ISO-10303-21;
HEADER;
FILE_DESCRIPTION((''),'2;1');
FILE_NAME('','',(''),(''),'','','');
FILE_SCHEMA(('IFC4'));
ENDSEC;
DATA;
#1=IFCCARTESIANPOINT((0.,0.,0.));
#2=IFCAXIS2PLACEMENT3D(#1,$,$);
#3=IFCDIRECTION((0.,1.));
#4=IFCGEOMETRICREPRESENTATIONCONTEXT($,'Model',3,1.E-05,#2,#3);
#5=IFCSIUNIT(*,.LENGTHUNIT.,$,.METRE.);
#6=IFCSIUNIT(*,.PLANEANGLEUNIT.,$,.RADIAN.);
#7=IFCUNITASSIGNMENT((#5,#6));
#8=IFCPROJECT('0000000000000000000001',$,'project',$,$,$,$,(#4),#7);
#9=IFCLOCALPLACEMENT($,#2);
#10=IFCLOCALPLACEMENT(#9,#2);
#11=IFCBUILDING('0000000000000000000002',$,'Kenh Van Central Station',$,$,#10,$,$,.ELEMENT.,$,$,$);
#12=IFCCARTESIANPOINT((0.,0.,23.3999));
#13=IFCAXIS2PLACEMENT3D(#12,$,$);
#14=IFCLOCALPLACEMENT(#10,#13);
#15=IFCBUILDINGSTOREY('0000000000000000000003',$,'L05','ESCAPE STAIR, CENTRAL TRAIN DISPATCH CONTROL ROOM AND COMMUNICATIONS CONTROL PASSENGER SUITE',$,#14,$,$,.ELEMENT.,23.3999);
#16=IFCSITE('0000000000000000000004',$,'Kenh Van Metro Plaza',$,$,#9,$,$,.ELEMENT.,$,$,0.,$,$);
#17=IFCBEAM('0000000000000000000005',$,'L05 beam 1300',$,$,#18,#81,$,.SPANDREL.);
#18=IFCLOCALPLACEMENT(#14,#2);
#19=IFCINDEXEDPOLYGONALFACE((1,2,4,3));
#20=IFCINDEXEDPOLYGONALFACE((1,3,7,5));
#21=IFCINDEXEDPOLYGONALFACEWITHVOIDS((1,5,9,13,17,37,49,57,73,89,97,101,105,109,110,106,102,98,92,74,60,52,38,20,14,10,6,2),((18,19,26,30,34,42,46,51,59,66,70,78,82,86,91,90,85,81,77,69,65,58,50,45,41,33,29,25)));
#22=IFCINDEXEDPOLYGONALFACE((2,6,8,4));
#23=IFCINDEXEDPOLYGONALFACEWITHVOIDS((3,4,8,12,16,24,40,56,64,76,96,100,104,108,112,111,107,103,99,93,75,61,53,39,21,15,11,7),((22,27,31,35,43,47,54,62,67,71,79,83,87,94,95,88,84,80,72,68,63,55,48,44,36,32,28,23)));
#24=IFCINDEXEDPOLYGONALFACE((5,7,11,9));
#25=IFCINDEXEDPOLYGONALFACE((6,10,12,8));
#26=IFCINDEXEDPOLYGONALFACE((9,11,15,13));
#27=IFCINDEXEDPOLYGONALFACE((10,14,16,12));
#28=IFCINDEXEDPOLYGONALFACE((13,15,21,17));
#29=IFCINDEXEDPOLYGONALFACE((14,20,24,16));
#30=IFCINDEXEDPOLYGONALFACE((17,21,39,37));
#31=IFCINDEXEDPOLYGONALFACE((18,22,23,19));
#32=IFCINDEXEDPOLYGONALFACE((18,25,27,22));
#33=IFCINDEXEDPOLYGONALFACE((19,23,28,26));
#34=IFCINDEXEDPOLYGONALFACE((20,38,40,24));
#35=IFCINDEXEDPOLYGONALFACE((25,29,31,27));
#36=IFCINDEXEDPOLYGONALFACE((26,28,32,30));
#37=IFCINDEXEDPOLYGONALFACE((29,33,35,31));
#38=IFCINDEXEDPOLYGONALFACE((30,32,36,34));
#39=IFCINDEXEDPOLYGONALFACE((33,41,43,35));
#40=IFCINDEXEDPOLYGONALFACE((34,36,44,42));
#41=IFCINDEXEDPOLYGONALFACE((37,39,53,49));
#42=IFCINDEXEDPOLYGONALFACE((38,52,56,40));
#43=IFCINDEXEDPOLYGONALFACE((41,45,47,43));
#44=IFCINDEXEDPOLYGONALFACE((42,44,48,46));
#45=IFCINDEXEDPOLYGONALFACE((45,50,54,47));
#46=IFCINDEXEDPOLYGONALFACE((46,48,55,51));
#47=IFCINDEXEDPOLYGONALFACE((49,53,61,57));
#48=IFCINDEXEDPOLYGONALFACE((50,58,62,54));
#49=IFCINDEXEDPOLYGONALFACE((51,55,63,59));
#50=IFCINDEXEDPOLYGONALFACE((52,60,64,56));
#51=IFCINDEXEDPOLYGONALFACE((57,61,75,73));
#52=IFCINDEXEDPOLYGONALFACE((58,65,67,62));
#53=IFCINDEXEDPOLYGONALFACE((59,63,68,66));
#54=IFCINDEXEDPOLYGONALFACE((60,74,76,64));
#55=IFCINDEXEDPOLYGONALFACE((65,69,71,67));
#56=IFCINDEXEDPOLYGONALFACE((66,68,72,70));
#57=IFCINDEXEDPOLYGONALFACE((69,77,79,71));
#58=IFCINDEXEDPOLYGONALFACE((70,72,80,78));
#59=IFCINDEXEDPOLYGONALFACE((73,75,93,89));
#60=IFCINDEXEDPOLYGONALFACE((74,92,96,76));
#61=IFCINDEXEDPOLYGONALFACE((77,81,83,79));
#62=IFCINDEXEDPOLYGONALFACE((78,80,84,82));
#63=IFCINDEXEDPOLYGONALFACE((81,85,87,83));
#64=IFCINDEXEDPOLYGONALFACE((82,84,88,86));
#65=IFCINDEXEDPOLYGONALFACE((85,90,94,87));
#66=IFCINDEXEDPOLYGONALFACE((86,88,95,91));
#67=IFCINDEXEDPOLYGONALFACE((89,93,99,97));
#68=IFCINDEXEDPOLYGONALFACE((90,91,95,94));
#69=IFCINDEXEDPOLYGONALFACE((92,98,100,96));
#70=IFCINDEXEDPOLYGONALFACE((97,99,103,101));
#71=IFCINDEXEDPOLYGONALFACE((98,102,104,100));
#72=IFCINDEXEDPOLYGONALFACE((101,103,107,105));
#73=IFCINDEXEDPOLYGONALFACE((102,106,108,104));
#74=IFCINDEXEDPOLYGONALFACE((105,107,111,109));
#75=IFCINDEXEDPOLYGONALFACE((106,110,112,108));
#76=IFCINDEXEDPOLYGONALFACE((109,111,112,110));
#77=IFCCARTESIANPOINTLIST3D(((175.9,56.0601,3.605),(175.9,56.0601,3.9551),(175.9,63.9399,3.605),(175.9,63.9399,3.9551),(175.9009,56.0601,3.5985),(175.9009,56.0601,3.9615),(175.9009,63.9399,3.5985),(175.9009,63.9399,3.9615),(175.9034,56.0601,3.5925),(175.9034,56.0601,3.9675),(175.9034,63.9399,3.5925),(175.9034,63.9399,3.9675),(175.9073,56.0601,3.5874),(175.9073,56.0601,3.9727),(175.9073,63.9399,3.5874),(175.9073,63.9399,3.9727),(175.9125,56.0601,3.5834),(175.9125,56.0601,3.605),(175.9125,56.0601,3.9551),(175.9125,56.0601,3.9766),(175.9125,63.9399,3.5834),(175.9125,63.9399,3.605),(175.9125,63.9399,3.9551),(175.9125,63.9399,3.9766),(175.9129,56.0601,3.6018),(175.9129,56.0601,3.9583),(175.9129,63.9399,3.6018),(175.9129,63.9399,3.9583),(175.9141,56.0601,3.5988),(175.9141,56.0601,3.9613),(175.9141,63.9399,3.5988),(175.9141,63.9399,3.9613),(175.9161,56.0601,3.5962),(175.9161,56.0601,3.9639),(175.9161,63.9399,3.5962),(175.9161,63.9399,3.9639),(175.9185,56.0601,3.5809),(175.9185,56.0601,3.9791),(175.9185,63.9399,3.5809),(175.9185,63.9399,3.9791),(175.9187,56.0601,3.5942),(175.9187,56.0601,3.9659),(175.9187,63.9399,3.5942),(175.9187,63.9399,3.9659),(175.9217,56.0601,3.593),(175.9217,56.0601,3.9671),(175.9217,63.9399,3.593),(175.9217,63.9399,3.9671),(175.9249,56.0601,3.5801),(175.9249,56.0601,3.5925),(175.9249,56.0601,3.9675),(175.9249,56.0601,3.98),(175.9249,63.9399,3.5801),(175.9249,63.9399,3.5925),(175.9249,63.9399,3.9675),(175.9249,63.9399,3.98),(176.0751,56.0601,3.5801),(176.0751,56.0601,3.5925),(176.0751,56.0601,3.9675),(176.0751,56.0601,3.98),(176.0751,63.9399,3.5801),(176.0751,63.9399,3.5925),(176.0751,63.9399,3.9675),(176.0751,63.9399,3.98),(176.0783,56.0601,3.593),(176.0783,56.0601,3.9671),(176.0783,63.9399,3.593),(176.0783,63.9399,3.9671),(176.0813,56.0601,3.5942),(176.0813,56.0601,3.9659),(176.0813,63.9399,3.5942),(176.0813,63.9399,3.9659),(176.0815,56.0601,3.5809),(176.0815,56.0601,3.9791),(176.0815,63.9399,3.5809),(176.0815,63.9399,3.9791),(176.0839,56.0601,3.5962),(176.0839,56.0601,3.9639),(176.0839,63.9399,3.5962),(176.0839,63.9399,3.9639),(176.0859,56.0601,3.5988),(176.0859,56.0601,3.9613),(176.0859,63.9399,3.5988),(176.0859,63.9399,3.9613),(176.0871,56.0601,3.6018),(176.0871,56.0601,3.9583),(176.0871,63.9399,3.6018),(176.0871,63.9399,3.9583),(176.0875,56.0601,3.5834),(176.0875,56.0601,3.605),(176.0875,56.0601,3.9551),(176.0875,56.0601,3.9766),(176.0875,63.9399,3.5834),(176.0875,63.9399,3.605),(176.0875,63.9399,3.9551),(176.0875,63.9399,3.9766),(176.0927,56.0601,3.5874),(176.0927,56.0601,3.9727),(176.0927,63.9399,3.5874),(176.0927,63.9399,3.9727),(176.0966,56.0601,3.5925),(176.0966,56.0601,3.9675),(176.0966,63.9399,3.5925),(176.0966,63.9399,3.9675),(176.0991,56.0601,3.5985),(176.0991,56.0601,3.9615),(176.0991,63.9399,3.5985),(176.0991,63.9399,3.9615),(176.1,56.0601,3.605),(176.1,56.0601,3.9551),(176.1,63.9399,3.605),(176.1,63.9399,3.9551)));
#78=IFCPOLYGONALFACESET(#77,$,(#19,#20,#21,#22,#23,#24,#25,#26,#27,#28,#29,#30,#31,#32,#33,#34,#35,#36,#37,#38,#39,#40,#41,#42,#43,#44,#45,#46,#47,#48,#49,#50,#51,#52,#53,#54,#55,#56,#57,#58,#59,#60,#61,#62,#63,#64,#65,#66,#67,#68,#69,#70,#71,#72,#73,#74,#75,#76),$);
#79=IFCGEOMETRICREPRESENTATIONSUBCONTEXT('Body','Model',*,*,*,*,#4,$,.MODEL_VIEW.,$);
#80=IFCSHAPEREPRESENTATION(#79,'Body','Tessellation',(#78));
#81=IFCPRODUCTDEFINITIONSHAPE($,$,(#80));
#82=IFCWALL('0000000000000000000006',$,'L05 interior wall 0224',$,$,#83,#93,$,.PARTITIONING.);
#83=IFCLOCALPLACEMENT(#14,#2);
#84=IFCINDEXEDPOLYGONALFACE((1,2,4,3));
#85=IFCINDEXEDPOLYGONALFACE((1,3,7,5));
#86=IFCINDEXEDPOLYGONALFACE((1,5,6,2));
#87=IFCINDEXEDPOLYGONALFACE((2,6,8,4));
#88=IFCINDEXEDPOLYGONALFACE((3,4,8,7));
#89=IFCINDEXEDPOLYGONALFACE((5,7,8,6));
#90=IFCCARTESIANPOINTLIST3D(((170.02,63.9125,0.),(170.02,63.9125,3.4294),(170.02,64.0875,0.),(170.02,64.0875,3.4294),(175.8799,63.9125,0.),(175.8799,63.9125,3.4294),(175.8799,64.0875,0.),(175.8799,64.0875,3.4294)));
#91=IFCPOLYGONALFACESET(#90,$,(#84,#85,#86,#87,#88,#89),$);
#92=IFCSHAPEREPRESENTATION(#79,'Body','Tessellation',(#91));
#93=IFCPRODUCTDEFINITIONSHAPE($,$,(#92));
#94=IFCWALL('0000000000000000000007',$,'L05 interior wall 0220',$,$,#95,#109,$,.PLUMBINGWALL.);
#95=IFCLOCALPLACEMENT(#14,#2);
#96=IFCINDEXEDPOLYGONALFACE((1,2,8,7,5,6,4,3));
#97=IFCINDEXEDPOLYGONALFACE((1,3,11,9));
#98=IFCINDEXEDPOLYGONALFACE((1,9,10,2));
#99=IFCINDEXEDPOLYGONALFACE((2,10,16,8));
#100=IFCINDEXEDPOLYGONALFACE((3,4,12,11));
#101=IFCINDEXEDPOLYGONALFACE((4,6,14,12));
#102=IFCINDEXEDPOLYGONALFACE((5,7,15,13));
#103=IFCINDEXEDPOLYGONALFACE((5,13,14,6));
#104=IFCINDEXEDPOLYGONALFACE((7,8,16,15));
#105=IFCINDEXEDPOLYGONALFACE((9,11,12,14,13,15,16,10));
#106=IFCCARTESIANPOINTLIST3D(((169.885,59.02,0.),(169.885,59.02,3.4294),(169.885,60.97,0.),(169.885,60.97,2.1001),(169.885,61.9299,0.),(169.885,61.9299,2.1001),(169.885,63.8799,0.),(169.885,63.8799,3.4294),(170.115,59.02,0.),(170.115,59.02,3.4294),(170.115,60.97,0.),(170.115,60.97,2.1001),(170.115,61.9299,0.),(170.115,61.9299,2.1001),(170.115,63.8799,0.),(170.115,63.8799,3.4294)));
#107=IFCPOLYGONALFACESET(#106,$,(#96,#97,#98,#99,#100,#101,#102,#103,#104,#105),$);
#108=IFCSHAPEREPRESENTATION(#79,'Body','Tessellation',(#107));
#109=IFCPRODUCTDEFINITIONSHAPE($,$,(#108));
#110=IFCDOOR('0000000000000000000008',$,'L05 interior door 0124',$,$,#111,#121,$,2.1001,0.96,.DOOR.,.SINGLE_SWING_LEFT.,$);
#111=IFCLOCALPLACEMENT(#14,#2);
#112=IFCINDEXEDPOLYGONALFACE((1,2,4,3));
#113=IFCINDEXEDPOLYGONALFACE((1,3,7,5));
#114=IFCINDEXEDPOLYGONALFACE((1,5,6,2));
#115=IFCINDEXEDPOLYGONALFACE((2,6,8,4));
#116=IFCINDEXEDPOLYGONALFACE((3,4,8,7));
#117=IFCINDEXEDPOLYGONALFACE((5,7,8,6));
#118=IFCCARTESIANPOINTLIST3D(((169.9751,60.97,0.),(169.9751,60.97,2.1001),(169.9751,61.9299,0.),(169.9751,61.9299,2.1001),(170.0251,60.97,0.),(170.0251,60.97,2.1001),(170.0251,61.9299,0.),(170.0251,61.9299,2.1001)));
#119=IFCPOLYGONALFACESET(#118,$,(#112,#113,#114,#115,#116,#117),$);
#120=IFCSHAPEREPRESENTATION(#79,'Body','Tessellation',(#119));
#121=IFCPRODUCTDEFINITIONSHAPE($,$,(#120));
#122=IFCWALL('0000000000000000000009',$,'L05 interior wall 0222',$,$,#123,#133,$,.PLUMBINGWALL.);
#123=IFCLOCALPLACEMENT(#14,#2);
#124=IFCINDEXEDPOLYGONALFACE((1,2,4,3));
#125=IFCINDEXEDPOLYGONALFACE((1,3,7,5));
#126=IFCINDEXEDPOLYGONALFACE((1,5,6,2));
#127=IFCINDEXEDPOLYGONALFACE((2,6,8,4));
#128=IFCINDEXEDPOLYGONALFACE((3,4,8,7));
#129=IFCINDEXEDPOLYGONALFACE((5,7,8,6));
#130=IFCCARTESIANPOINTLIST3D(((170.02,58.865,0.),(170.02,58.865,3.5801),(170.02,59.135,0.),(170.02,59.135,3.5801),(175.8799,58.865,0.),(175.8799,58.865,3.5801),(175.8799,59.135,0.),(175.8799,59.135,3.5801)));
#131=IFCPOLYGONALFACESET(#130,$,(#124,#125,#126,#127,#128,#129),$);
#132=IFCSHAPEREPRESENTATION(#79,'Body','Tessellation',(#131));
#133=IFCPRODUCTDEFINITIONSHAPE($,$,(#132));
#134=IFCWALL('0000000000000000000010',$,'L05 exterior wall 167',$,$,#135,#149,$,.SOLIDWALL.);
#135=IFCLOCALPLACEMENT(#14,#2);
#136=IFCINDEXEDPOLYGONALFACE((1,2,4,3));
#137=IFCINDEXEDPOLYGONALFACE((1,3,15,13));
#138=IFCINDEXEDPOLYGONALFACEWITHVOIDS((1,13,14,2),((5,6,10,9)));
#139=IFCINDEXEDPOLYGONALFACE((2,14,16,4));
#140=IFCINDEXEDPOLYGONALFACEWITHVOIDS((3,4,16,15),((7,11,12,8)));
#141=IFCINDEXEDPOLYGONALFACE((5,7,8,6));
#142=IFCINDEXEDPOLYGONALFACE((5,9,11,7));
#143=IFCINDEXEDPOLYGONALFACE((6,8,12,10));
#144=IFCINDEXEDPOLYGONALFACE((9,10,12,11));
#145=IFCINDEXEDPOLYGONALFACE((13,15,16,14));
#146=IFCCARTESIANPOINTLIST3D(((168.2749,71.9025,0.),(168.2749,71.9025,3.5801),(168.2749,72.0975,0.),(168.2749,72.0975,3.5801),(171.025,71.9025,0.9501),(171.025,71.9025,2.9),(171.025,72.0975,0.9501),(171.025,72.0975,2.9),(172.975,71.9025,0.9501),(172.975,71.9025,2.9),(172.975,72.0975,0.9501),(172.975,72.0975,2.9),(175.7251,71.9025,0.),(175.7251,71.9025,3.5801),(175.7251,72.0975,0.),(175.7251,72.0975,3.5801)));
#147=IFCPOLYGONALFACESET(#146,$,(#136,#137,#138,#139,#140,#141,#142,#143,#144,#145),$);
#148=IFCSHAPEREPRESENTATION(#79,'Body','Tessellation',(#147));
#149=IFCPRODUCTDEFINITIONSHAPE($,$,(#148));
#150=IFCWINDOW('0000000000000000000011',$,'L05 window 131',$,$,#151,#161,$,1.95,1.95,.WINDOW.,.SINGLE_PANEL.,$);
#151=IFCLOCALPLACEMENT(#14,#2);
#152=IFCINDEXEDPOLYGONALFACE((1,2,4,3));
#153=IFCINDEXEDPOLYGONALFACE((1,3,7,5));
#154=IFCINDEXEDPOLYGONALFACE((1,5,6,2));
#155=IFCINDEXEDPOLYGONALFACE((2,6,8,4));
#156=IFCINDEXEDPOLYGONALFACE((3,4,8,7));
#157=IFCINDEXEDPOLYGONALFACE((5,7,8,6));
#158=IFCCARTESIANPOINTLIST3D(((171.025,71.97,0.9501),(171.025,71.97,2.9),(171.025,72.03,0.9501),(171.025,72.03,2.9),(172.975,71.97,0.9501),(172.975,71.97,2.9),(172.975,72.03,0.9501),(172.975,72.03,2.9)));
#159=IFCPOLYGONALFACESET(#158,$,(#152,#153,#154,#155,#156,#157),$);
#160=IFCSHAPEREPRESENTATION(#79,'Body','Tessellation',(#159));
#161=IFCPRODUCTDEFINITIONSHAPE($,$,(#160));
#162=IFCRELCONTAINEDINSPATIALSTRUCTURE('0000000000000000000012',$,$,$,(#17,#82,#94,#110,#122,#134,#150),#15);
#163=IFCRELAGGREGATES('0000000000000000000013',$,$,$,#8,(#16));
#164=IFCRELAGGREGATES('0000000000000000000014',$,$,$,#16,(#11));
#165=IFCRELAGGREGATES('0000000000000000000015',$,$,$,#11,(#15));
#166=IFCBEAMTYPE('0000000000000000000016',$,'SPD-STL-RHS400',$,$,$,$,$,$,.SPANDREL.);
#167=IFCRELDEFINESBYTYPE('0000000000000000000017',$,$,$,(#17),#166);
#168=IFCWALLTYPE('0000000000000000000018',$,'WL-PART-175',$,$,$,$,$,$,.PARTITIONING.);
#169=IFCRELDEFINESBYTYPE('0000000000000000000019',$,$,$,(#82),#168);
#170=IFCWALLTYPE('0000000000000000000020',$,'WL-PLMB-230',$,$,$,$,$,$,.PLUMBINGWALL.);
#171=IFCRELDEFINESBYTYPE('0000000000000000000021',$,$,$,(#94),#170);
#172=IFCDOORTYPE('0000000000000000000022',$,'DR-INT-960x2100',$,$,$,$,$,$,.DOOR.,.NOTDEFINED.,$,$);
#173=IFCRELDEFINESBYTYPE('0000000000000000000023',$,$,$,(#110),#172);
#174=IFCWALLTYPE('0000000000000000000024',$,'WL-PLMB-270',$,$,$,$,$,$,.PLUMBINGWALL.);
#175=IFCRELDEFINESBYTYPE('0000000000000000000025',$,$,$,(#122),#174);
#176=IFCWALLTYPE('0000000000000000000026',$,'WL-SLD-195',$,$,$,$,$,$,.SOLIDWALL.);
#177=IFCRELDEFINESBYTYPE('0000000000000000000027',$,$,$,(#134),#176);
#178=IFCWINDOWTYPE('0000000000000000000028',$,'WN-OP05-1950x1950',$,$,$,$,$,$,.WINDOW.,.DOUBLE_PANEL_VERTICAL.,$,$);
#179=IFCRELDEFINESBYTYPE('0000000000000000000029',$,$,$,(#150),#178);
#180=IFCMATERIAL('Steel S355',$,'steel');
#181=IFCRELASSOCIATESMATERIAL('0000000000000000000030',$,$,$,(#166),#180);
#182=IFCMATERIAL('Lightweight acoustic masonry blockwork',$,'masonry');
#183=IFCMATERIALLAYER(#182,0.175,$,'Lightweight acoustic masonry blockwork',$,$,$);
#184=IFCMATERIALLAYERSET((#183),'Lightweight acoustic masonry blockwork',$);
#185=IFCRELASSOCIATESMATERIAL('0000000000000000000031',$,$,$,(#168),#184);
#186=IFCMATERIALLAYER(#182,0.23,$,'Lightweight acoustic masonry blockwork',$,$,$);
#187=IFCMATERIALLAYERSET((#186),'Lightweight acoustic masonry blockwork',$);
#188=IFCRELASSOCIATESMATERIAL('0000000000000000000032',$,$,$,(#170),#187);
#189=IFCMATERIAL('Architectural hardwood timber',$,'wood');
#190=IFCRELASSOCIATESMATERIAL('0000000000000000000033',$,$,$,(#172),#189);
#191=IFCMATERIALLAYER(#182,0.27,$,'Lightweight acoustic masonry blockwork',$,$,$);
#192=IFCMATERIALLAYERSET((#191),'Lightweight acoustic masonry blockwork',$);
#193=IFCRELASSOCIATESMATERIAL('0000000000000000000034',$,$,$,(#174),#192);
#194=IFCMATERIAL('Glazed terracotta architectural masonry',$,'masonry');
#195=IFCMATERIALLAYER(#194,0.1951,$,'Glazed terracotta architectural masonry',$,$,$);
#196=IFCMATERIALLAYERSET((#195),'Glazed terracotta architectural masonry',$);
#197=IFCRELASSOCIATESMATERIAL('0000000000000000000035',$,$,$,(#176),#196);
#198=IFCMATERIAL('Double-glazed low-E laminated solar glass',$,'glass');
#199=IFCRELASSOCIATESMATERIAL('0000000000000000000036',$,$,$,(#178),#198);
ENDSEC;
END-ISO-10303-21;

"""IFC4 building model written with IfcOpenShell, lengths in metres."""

from ifc_helpers import new_model, si_unit, direction, frame, frame_2d, origin, origin_2d, place, context, subcontext, project, spatial, rectangle, hollow_rectangle, extrude, material, layer, layer_set, material_profile, profile_set, type_object, element, fill, save


model = new_model("IFC4")

# Units and contexts
model_context = context("Model", 3, precision=1e-05, world=origin(), true_north=direction((0.0, 1.0)))
body_context = subcontext(model_context, "Body", "Model", "MODEL_VIEW")
ifc_project = project(units=[si_unit("LENGTHUNIT", "METRE"), si_unit("PLANEANGLEUNIT", "RADIAN")], contexts=[model_context])

# Site, building, storey
site_placement = place(None, origin())
site = spatial("IfcSite", under=ifc_project, at=site_placement, Name="Kenh Van Metro Plaza", CompositionType="ELEMENT", RefElevation=0.0)
building_placement = place(site_placement, origin())
building = spatial("IfcBuilding", under=site, at=building_placement, Name="Kenh Van Central Station", CompositionType="ELEMENT")
storey_placement = place(building_placement, frame((0.0, 0.0, 23.3999)))
storey = spatial("IfcBuildingStorey", under=building, at=storey_placement, Name="L05", Description="ESCAPE STAIR, CENTRAL TRAIN DISPATCH CONTROL ROOM AND COMMUNICATIONS CONTROL PASSENGER SUITE", CompositionType="ELEMENT", Elevation=23.3999)

# Beam
ifc_material_1 = material(Name="Steel S355", Category="steel")
ifc_material_profile_1 = material_profile(ifc_material_1, hollow_rectangle(XDim=0.2, YDim=0.3999, WallThickness=0.0125, InnerFilletRadius=0.0125, OuterFilletRadius=0.0249, at=origin_2d()), Name="RHS 400x200x12.5")
ifc_profile_set_1 = profile_set([ifc_material_profile_1], Name="Steel S355")
beam_type = type_object("IfcBeamType", Name="SPD-STL-RHS400", PredefinedType="SPANDREL", material=ifc_profile_set_1)
for number, where, z_axis, x_axis, name in (
    (1, (176.0, 56.0601, 3.78), (0.0, 1.0, 0.0), (-1.0, 0.0, 0.0), "L05 beam 1300"),
):
    element("IfcBeam", number, at=place(storey_placement, frame(where, z_axis=z_axis, x_axis=x_axis)), inside=storey, type_object=beam_type, Name=name, PredefinedType="SPANDREL", context=body_context, shape_type="SweptSolid", body=[
        extrude(hollow_rectangle(XDim=0.2, YDim=0.3999, WallThickness=0.0125, InnerFilletRadius=0.0125, OuterFilletRadius=0.0249, at=origin_2d()), origin(), (0.0, 0.0, 1.0), 7.8799),
    ])

# Wall
ifc_material_2 = material(Name="Lightweight acoustic masonry blockwork", Category="masonry")
ifc_layer_1 = layer(ifc_material_2, 0.175, Name="Lightweight acoustic masonry blockwork")
ifc_layer_set_1 = layer_set([ifc_layer_1], Name="Lightweight acoustic masonry blockwork")
wall_type_1 = type_object("IfcWallType", Name="WL-PART-175", PredefinedType="PARTITIONING", material=ifc_layer_set_1)
wall_1_placement = place(storey_placement, frame((170.02, 64.0, 0.0), z_axis=(0.0, 0.0, 1.0), x_axis=(1.0, 0.0, 0.0)))
element("IfcWall", 2, at=wall_1_placement, inside=storey, type_object=wall_type_1, Name="L05 interior wall 0224", PredefinedType="PARTITIONING", context=body_context, shape_type="SweptSolid", body=[
    extrude(rectangle(XDim=5.8599, YDim=0.175, at=frame_2d((2.9299, 0.0))), origin(), (0.0, 0.0, 1.0), 3.4294),
])

# Wall, opening, door
ifc_layer_2 = layer(ifc_material_2, 0.23, Name="Lightweight acoustic masonry blockwork")
ifc_layer_set_2 = layer_set([ifc_layer_2], Name="Lightweight acoustic masonry blockwork")
wall_type_2 = type_object("IfcWallType", Name="WL-PLMB-230", PredefinedType="PLUMBINGWALL", material=ifc_layer_set_2)
wall_2_placement = place(storey_placement, frame((170.0, 59.02, 0.0), z_axis=(0.0, 0.0, 1.0), x_axis=(0.0, 1.0, 0.0)))
wall_2 = element("IfcWall", 3, at=wall_2_placement, inside=storey, type_object=wall_type_2, Name="L05 interior wall 0220", PredefinedType="PLUMBINGWALL", context=body_context, shape_type="SweptSolid", body=[
    extrude(rectangle(XDim=4.8599, YDim=0.23, at=frame_2d((2.4299, 0.0))), origin(), (0.0, 0.0, 1.0), 3.4294),
])
opening_1_placement = place(wall_2_placement, frame((1.95, 0.0, 0.0)))
opening_1 = element("IfcOpeningElement", 4, at=opening_1_placement, cuts=wall_2, PredefinedType="OPENING", context=body_context, shape_type="SweptSolid", body=[
    extrude(rectangle(XDim=0.96, YDim=2.1001, at=frame_2d((0.48, 1.05))), frame((0.0, 0.125, 0.0), z_axis=(0.0, -1.0, 0.0), x_axis=(1.0, 0.0, 0.0)), (0.0, 0.0, 1.0), 0.25),
])
ifc_material_3 = material(Name="Architectural hardwood timber", Category="wood")
door_type = type_object("IfcDoorType", Name="DR-INT-960x2100", OperationType="NOTDEFINED", PredefinedType="DOOR", material=ifc_material_3)
door_placement = place(opening_1_placement, origin())
door = element("IfcDoor", 5, at=door_placement, inside=storey, type_object=door_type, Name="L05 interior door 0124", OperationType="SINGLE_SWING_LEFT", OverallHeight=2.1001, OverallWidth=0.96, PredefinedType="DOOR", context=body_context, shape_type="SweptSolid", body=[
    extrude(rectangle(XDim=0.96, YDim=2.1001, at=frame_2d((0.48, 1.05))), frame((0.0, 0.0249, 0.0), z_axis=(0.0, -1.0, 0.0), x_axis=(1.0, 0.0, 0.0)), (0.0, 0.0, 1.0), 0.05),
])
fill(opening_1, door)

# Wall
ifc_layer_3 = layer(ifc_material_2, 0.27, Name="Lightweight acoustic masonry blockwork")
ifc_layer_set_3 = layer_set([ifc_layer_3], Name="Lightweight acoustic masonry blockwork")
wall_type_3 = type_object("IfcWallType", Name="WL-PLMB-270", PredefinedType="PLUMBINGWALL", material=ifc_layer_set_3)
wall_3_placement = place(storey_placement, frame((170.02, 59.0, 0.0), z_axis=(0.0, 0.0, 1.0), x_axis=(1.0, 0.0, 0.0)))
element("IfcWall", 6, at=wall_3_placement, inside=storey, type_object=wall_type_3, Name="L05 interior wall 0222", PredefinedType="PLUMBINGWALL", context=body_context, shape_type="SweptSolid", body=[
    extrude(rectangle(XDim=5.8599, YDim=0.27, at=frame_2d((2.9299, 0.0))), origin(), (0.0, 0.0, 1.0), 3.5801),
])

# Wall, opening, window
ifc_material_4 = material(Name="Glazed terracotta architectural masonry", Category="masonry")
ifc_layer_4 = layer(ifc_material_4, 0.1951, Name="Glazed terracotta architectural masonry")
ifc_layer_set_4 = layer_set([ifc_layer_4], Name="Glazed terracotta architectural masonry")
wall_type_4 = type_object("IfcWallType", Name="WL-SLD-195", PredefinedType="SOLIDWALL", material=ifc_layer_set_4)
wall_4_placement = place(storey_placement, frame((175.7251, 72.0, 0.0), z_axis=(0.0, 0.0, 1.0), x_axis=(-1.0, 0.0, 0.0)))
wall_4 = element("IfcWall", 7, at=wall_4_placement, inside=storey, type_object=wall_type_4, Name="L05 exterior wall 167", PredefinedType="SOLIDWALL", context=body_context, shape_type="SweptSolid", body=[
    extrude(rectangle(XDim=7.4502, YDim=0.1951, at=frame_2d((3.7251, 0.0))), origin(), (0.0, 0.0, 1.0), 3.5801),
])
opening_2_placement = place(wall_4_placement, frame((2.75, 0.0, 0.95)))
opening_2 = element("IfcOpeningElement", 8, at=opening_2_placement, cuts=wall_4, PredefinedType="OPENING", context=body_context, shape_type="SweptSolid", body=[
    extrude(rectangle(XDim=1.95, YDim=1.95, at=frame_2d((0.9751, 0.9751))), frame((0.0, 0.1074, 0.0), z_axis=(0.0, -1.0, 0.0), x_axis=(1.0, 0.0, 0.0)), (0.0, 0.0, 1.0), 0.2151),
])
ifc_material_5 = material(Name="Double-glazed low-E laminated solar glass", Category="glass")
window_type_1 = type_object("IfcWindowType", Name="WN-OP05-1950x1950", PartitioningType="DOUBLE_PANEL_VERTICAL", PredefinedType="WINDOW", material=ifc_material_5)
window_1_placement = place(opening_2_placement, origin())
window_1 = element("IfcWindow", 9, at=window_1_placement, inside=storey, type_object=window_type_1, Name="L05 window 131", OverallHeight=1.95, OverallWidth=1.95, PartitioningType="SINGLE_PANEL", PredefinedType="WINDOW", context=body_context, shape_type="SweptSolid", body=[
    extrude(rectangle(XDim=1.95, YDim=1.95, at=frame_2d((0.9751, 0.9751))), frame((0.0, 0.03, 0.0), z_axis=(0.0, -1.0, 0.0), x_axis=(1.0, 0.0, 0.0)), (0.0, 0.0, 1.0), 0.0601),
])
fill(opening_2, window_1)

save(model, "model.ifc")
